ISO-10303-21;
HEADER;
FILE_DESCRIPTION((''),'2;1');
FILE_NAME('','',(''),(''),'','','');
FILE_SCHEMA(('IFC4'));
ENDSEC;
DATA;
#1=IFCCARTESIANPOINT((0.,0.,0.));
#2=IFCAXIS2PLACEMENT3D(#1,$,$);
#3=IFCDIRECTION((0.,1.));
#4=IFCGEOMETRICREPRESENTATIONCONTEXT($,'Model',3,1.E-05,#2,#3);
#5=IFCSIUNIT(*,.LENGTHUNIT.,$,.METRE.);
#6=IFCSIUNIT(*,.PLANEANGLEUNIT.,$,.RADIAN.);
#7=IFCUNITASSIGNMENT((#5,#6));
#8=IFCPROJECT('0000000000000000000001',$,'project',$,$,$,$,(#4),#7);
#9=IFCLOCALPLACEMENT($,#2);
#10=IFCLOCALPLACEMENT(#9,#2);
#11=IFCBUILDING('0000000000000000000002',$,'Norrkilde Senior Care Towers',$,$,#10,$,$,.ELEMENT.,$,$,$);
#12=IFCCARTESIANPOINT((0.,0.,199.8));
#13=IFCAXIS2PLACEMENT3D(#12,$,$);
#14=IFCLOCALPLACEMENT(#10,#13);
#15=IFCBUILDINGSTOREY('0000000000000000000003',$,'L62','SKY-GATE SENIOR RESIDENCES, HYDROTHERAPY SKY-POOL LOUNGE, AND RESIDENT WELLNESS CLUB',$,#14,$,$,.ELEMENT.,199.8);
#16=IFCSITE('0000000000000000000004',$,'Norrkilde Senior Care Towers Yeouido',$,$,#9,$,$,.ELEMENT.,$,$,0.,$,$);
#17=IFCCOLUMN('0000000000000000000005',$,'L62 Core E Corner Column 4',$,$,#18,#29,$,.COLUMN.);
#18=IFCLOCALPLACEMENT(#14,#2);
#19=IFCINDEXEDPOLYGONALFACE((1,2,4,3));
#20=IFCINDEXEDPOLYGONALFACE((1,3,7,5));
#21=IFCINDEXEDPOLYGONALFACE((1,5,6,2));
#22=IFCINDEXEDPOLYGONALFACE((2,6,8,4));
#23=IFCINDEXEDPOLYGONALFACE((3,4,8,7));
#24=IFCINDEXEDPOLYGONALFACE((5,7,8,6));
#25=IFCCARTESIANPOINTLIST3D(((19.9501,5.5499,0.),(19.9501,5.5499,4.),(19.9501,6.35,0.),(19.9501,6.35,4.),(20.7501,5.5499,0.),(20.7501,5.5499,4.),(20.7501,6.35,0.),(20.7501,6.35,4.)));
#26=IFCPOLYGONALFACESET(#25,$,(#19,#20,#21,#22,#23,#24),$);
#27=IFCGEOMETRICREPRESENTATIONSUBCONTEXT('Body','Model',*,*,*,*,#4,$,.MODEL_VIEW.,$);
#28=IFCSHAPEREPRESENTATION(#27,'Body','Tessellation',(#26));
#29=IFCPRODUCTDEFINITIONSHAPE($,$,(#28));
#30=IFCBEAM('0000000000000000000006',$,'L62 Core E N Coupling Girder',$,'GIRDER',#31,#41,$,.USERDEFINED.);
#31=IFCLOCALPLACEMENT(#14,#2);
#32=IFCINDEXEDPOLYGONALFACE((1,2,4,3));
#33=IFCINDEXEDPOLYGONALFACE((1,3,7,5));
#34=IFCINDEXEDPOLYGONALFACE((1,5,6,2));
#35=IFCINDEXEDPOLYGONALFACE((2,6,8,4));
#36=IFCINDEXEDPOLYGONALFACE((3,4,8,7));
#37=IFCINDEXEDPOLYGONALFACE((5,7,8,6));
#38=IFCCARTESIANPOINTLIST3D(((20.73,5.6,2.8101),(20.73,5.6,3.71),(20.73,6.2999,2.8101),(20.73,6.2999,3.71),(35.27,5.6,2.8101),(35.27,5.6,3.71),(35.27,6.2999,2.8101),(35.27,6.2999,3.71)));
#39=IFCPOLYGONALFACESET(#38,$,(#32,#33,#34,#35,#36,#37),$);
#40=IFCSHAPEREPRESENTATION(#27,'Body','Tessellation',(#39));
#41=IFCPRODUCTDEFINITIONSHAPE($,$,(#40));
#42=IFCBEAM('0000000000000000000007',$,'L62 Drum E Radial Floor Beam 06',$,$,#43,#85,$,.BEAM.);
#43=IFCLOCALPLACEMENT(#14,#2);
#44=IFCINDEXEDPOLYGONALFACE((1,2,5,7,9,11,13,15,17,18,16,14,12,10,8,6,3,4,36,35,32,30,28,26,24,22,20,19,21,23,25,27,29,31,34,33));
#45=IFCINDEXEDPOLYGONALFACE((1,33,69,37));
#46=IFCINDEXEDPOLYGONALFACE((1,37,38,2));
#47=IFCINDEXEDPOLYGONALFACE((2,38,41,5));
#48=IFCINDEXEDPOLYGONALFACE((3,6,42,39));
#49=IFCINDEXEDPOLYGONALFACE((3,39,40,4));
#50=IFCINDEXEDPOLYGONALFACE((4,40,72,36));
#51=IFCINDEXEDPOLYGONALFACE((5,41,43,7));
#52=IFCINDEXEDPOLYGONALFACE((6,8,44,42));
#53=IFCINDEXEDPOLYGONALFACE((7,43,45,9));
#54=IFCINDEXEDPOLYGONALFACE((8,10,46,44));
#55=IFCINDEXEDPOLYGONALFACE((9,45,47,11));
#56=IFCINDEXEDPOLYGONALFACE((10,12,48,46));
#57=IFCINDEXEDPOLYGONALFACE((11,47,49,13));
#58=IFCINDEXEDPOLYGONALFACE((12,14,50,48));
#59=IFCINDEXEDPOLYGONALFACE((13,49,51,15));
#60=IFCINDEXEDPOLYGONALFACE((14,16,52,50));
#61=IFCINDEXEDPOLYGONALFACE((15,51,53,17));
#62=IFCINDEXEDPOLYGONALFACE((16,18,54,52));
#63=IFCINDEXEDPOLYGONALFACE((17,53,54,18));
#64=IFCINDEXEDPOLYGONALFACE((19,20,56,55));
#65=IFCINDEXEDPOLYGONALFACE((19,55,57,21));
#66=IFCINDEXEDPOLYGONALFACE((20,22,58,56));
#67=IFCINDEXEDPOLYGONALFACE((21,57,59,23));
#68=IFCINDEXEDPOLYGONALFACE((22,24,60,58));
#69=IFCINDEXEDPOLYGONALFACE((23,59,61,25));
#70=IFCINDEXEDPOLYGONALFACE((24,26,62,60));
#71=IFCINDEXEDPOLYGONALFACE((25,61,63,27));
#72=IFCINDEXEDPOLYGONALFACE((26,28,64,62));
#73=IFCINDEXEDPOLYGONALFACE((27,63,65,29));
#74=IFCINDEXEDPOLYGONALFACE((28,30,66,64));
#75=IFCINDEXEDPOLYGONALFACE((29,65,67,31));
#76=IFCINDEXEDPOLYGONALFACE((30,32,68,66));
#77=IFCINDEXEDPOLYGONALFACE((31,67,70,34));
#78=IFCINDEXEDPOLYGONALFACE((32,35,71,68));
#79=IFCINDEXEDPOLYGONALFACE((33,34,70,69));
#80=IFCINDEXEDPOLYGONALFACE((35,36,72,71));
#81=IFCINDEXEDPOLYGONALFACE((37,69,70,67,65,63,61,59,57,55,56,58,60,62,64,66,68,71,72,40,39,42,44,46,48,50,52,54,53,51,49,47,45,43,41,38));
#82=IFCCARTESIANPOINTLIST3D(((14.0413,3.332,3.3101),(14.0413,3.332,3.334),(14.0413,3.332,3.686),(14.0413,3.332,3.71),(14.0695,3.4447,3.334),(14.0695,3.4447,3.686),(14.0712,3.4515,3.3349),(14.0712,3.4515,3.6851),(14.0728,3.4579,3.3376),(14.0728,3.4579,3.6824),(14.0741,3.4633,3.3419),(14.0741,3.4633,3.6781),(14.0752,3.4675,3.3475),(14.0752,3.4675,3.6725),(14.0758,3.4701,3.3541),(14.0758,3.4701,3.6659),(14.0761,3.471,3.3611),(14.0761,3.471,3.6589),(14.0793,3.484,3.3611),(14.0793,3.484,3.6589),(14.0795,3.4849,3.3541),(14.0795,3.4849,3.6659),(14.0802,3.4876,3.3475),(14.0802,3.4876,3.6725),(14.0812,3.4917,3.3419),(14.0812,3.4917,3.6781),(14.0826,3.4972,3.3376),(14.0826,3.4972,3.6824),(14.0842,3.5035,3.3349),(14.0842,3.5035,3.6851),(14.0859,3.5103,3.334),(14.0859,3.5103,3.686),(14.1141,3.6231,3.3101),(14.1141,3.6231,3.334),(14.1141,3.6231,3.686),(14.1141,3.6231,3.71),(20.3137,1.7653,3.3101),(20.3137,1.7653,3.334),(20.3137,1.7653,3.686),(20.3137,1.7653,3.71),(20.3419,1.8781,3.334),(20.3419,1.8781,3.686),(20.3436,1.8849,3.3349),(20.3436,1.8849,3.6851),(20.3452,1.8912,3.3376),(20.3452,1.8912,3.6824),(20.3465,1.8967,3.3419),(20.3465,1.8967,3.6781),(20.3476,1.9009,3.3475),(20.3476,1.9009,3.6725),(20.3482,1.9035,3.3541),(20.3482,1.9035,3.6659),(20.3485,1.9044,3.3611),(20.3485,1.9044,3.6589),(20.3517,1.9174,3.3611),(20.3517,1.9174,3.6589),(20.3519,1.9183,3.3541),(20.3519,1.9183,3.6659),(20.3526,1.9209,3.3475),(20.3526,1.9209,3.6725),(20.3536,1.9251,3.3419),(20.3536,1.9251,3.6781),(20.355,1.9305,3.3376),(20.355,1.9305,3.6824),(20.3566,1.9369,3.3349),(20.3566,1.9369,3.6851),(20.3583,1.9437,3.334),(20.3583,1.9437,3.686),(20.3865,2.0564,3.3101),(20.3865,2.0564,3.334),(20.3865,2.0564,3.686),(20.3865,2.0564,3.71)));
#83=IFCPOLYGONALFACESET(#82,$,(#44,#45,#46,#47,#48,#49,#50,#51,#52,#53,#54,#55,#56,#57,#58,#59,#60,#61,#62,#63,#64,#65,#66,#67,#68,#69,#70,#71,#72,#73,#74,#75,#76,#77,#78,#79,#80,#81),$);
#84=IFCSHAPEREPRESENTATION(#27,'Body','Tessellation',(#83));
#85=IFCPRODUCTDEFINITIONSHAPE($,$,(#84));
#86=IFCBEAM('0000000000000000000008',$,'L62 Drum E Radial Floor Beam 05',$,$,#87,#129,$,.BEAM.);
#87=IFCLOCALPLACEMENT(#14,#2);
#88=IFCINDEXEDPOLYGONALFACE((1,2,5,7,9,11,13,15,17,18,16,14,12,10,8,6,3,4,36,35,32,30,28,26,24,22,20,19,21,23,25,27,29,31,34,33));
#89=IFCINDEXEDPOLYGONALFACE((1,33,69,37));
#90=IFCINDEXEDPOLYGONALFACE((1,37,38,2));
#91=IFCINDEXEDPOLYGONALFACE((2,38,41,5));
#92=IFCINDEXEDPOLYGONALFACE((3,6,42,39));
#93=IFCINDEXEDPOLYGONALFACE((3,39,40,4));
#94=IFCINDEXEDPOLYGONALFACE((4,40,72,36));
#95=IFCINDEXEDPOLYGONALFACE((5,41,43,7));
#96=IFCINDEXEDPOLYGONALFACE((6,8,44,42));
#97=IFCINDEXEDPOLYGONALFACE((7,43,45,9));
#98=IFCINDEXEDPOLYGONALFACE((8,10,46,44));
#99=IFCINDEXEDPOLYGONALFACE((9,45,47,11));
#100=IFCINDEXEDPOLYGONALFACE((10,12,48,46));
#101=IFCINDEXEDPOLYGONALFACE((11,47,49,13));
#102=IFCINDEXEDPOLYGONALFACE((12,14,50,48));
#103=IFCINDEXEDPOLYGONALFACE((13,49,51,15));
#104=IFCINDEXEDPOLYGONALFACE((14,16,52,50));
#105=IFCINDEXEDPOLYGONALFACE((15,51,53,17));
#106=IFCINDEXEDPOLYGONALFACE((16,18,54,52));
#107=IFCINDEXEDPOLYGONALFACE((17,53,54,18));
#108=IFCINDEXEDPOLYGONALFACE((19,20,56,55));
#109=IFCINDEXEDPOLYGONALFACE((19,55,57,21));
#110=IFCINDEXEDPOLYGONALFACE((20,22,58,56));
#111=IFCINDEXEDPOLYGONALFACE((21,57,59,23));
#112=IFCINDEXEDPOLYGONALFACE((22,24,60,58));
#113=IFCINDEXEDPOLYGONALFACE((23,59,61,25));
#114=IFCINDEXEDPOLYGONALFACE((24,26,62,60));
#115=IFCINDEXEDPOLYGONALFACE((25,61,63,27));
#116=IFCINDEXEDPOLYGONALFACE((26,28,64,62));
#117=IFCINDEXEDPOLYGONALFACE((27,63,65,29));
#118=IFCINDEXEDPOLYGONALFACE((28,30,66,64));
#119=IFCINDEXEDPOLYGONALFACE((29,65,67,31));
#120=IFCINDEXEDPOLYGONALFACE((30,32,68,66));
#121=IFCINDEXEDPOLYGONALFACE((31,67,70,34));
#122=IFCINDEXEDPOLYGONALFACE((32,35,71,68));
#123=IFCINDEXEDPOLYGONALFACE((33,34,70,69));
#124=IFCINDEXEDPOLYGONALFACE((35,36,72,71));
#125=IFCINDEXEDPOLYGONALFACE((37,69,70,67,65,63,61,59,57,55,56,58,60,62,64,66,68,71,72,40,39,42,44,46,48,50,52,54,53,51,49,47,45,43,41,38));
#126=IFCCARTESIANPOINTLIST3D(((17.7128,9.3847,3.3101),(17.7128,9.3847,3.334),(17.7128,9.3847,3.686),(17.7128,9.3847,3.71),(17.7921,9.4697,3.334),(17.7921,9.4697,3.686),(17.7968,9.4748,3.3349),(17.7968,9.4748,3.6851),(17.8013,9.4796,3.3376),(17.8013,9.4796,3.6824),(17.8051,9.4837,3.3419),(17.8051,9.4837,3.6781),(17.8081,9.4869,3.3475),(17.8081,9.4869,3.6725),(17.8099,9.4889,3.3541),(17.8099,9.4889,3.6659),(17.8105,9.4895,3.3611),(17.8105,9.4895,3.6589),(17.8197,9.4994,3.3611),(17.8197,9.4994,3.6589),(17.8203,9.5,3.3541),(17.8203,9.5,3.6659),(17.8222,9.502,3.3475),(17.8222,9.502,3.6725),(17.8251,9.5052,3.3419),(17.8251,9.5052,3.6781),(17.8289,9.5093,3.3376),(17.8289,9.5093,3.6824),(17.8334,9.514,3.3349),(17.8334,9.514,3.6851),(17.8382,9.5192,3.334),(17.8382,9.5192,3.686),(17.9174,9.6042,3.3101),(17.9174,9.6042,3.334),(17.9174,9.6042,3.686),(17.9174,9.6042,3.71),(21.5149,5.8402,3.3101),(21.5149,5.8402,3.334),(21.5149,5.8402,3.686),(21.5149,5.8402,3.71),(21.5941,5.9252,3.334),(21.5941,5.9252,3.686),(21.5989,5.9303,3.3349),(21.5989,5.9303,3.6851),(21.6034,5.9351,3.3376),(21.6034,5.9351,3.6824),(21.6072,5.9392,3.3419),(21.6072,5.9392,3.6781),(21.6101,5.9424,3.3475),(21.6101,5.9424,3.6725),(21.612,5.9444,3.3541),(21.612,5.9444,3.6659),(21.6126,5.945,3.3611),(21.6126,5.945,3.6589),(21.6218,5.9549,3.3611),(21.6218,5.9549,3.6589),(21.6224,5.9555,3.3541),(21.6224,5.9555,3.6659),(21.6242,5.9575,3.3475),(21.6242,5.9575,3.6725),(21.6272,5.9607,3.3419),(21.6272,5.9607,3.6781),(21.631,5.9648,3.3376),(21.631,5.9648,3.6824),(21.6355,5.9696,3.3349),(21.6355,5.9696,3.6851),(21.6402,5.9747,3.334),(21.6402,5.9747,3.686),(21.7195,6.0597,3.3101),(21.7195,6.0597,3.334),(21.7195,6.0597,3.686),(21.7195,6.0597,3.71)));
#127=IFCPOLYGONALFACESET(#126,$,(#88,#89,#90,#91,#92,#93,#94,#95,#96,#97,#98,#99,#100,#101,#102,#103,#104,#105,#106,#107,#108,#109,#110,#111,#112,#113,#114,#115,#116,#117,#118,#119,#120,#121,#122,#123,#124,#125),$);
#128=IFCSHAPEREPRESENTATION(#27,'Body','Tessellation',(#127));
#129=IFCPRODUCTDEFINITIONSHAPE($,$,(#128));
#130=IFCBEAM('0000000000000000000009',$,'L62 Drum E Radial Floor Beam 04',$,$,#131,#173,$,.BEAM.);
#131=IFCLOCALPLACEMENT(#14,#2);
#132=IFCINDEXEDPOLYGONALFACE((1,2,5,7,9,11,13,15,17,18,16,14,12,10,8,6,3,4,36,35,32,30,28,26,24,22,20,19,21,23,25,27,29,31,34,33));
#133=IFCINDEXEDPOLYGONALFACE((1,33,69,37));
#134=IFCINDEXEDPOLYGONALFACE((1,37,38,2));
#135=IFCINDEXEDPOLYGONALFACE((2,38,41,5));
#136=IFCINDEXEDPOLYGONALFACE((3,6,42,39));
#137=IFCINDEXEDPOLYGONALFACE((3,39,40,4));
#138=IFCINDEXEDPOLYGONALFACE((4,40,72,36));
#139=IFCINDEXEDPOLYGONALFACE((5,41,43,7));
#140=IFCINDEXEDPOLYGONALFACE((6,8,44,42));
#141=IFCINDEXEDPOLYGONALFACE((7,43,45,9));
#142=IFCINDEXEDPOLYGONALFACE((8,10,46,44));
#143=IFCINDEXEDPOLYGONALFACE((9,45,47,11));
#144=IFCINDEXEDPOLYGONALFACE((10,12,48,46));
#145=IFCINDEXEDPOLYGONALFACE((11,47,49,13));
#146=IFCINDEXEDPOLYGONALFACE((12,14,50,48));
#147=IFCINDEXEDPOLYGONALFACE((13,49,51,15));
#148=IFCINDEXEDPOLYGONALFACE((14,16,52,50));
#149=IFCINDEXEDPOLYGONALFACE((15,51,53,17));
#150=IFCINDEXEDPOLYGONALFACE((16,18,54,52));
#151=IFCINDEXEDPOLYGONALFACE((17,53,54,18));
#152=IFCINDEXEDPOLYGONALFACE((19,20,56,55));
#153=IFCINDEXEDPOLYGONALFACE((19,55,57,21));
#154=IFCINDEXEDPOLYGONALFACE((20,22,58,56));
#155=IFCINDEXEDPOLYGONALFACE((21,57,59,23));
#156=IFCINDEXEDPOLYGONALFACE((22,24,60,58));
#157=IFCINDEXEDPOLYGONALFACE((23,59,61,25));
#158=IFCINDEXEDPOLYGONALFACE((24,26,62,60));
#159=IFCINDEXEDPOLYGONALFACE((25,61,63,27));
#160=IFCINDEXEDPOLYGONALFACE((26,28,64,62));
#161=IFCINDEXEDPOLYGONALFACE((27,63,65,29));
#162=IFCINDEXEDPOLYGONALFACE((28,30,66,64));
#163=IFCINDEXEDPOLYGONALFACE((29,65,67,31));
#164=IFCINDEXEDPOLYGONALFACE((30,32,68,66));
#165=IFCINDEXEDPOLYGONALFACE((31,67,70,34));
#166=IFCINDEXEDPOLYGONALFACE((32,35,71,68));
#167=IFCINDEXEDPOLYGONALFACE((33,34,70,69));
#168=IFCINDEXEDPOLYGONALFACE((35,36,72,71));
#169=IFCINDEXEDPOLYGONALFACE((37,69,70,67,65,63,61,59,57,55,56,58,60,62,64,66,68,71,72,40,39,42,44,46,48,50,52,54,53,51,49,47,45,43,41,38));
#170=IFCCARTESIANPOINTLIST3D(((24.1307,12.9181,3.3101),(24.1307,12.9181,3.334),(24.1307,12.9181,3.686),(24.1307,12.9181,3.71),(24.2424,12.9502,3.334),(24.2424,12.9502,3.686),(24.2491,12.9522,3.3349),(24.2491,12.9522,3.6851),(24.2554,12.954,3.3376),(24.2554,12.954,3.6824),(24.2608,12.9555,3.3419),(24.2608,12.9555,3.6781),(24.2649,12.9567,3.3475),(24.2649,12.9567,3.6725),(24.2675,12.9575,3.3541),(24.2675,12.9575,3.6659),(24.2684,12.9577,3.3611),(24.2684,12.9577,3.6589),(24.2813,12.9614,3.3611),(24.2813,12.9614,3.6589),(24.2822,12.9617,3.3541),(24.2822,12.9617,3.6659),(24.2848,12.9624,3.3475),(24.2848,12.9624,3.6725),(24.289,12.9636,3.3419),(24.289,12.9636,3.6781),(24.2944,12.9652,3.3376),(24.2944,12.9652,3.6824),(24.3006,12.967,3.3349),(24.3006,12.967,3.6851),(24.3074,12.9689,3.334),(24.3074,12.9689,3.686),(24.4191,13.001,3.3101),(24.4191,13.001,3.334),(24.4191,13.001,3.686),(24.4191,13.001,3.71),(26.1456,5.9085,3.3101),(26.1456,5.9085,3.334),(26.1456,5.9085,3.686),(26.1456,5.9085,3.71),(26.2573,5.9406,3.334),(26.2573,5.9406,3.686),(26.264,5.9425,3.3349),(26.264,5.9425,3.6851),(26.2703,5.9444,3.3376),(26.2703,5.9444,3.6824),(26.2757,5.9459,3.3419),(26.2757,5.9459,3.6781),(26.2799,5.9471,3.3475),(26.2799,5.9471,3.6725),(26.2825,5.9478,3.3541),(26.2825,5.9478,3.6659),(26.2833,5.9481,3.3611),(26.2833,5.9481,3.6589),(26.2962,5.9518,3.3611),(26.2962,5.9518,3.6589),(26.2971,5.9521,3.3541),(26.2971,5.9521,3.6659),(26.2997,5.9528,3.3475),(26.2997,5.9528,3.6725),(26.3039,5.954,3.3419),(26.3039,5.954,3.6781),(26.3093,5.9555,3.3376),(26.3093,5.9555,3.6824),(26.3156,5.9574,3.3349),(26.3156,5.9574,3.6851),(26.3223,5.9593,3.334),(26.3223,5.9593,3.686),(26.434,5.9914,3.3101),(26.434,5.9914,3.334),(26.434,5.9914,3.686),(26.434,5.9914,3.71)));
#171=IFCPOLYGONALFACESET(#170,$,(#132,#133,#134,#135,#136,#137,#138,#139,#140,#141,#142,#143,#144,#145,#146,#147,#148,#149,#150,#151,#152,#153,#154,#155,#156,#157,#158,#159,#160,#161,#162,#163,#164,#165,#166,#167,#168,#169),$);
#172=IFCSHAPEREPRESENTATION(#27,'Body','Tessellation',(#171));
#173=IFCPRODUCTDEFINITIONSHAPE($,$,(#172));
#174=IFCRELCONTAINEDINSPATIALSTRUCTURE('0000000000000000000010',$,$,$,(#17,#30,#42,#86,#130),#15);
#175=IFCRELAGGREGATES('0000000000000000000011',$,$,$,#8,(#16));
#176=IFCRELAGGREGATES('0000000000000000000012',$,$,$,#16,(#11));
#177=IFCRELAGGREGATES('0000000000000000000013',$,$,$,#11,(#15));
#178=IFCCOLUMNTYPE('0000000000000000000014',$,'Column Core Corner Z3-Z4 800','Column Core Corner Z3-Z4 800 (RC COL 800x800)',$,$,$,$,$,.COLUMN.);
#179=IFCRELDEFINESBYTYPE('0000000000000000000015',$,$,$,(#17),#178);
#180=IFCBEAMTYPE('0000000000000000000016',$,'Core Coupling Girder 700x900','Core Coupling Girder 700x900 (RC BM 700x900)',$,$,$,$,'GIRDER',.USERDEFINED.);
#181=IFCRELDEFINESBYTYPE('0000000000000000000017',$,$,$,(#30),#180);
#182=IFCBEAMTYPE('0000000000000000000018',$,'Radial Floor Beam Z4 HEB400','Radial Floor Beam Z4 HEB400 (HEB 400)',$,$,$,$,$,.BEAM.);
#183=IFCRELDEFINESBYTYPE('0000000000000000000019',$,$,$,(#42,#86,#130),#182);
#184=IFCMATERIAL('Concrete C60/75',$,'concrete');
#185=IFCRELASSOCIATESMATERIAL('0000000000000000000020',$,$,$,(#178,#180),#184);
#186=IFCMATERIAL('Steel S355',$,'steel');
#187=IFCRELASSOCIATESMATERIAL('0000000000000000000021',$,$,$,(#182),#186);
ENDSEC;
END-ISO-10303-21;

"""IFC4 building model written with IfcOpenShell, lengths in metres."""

from ifc_helpers import new_model, si_unit, direction, frame, origin, origin_2d, place, context, subcontext, project, spatial, rectangle, i_section, extrude, source, transform, mapped, material, material_profile, profile_set, type_object, type_shapes, element, save


model = new_model("IFC4")

# Units and contexts
model_context = context("Model", 3, precision=1e-05, world=origin(), true_north=direction((0.0, 1.0)))
body_context = subcontext(model_context, "Body", "Model", "MODEL_VIEW")
ifc_project = project(units=[si_unit("LENGTHUNIT", "METRE"), si_unit("PLANEANGLEUNIT", "RADIAN")], contexts=[model_context])

# Site, building, storey
site_placement = place(None, origin())
site = spatial("IfcSite", under=ifc_project, at=site_placement, Name="Norrkilde Senior Care Towers Yeouido", CompositionType="ELEMENT", RefElevation=0.0)
building_placement = place(site_placement, origin())
building = spatial("IfcBuilding", under=site, at=building_placement, Name="Norrkilde Senior Care Towers", CompositionType="ELEMENT")
storey_placement = place(building_placement, frame((0.0, 0.0, 199.8)))
storey = spatial("IfcBuildingStorey", under=building, at=storey_placement, Name="L62", Description="SKY-GATE SENIOR RESIDENCES, HYDROTHERAPY SKY-POOL LOUNGE, AND RESIDENT WELLNESS CLUB", CompositionType="ELEMENT", Elevation=199.8)

# Column
ifc_material_1 = material(Name="Concrete C60/75", Category="concrete")
ifc_material_profile_1 = material_profile(ifc_material_1, rectangle(XDim=0.8, YDim=0.8, at=origin_2d()), Name="RC COL 800x800")
ifc_profile_set_1 = profile_set([ifc_material_profile_1], Name="Concrete C60/75")
column_type = type_object("IfcColumnType", Name="Column Core Corner Z3-Z4 800", Description="Column Core Corner Z3-Z4 800 (RC COL 800x800)", PredefinedType="COLUMN", material=ifc_profile_set_1)
shared_shape_1 = source(origin(), body_context, "Body", "SweptSolid", [
    extrude(rectangle(XDim=0.8, YDim=0.8, at=origin_2d()), origin(), (0.0, 0.0, 1.0), 4.0),
])
type_shapes(column_type, [shared_shape_1])
column_placement = place(storey_placement, frame((20.3501, 5.95, 0.0), z_axis=(0.0, 0.0, 1.0), x_axis=(1.0, 0.0, 0.0)))
element("IfcColumn", 1, at=column_placement, inside=storey, type_object=column_type, Name="L62 Core E Corner Column 4", PredefinedType="COLUMN", context=body_context, shape_type="MappedRepresentation", body=[
    mapped(shared_shape_1, transform((0.0, 0.0, 0.0), x_axis=(1.0, 0.0, 0.0), y_axis=(0.0, 1.0, 0.0), z_axis=(0.0, 0.0, 1.0), scale=1.0)),
])

# Beams
ifc_material_profile_2 = material_profile(ifc_material_1, rectangle(XDim=0.7, YDim=0.8999, at=origin_2d()), Name="RC BM 700x900")
ifc_profile_set_2 = profile_set([ifc_material_profile_2], Name="Concrete C60/75")
beam_type_1 = type_object("IfcBeamType", Name="Core Coupling Girder 700x900", Description="Core Coupling Girder 700x900 (RC BM 700x900)", ElementType="GIRDER", PredefinedType="USERDEFINED", material=ifc_profile_set_2)
shared_shape_2 = source(origin(), body_context, "Body", "SweptSolid", [
    extrude(rectangle(XDim=0.7, YDim=0.8999, at=origin_2d()), origin(), (0.0, 0.0, 1.0), 14.54),
])
type_shapes(beam_type_1, [shared_shape_2])
beam_1_placement = place(storey_placement, frame((20.73, 5.95, 3.26), z_axis=(1.0, 0.0, 0.0), x_axis=(0.0, 1.0, 0.0)))
element("IfcBeam", 2, at=beam_1_placement, inside=storey, type_object=beam_type_1, Name="L62 Core E N Coupling Girder", ObjectType="GIRDER", PredefinedType="USERDEFINED", context=body_context, shape_type="MappedRepresentation", body=[
    mapped(shared_shape_2, transform((0.0, 0.0, 0.0), x_axis=(1.0, 0.0, 0.0), y_axis=(0.0, 1.0, 0.0), z_axis=(0.0, 0.0, 1.0), scale=1.0)),
])
ifc_material_2 = material(Name="Steel S355", Category="steel")
ifc_material_profile_3 = material_profile(ifc_material_2, i_section(OverallWidth=0.3, OverallDepth=0.3999, WebThickness=0.0134, FlangeThickness=0.0239, FilletRadius=0.0271, at=origin_2d()), Name="HEB 400")
ifc_profile_set_3 = profile_set([ifc_material_profile_3], Name="Steel S355")
beam_type_2 = type_object("IfcBeamType", Name="Radial Floor Beam Z4 HEB400", Description="Radial Floor Beam Z4 HEB400 (HEB 400)", PredefinedType="BEAM", material=ifc_profile_set_3)
shared_shape_3 = source(origin(), body_context, "Body", "SweptSolid", [
    extrude(i_section(OverallWidth=0.3, OverallDepth=0.3999, WebThickness=0.0134, FlangeThickness=0.0239, FilletRadius=0.0271, at=origin_2d()), origin(), (0.0, 0.0, 1.0), 6.4651),
])
beam_2_placement = place(storey_placement, frame((20.3501, 1.9109, 3.51), z_axis=(-0.970196, 0.242322, 0.0), x_axis=(-0.242322, -0.970196, 0.0)))
element("IfcBeam", 3, at=beam_2_placement, inside=storey, type_object=beam_type_2, Name="L62 Drum E Radial Floor Beam 06", PredefinedType="BEAM", context=body_context, shape_type="MappedRepresentation", body=[
    mapped(shared_shape_3, transform((0.0, 0.0, 0.0), x_axis=(1.0, 0.0, 0.0), y_axis=(0.0, 1.0, 0.0), z_axis=(0.0, 0.0, 1.0), scale=1.0)),
])
shared_shape_4 = source(origin(), body_context, "Body", "SweptSolid", [
    extrude(i_section(OverallWidth=0.3, OverallDepth=0.3999, WebThickness=0.0134, FlangeThickness=0.0239, FilletRadius=0.0271, at=origin_2d()), origin(), (0.0, 0.0, 1.0), 5.198),
])
beam_3_placement = place(storey_placement, frame((21.6172, 5.95, 3.51), z_axis=(-0.731449, 0.681896, 0.0), x_axis=(-0.681896, -0.731449, 0.0)))
element("IfcBeam", 4, at=beam_3_placement, inside=storey, type_object=beam_type_2, Name="L62 Drum E Radial Floor Beam 05", PredefinedType="BEAM", context=body_context, shape_type="MappedRepresentation", body=[
    mapped(shared_shape_4, transform((0.0, 0.0, 0.0), x_axis=(1.0, 0.0, 0.0), y_axis=(0.0, 1.0, 0.0), z_axis=(0.0, 0.0, 1.0), scale=1.0)),
])
shared_shape_5 = source(origin(), body_context, "Body", "SweptSolid", [
    extrude(i_section(OverallWidth=0.3, OverallDepth=0.3999, WebThickness=0.0134, FlangeThickness=0.0239, FilletRadius=0.0271, at=origin_2d()), origin(), (0.0, 0.0, 1.0), 7.2935),
])
type_shapes(beam_type_2, [shared_shape_3, shared_shape_4, shared_shape_5])
beam_4_placement = place(storey_placement, frame((26.2898, 5.95, 3.51), z_axis=(-0.276264, 0.961082, 0.0), x_axis=(-0.961082, -0.276264, 0.0)))
element("IfcBeam", 5, at=beam_4_placement, inside=storey, type_object=beam_type_2, Name="L62 Drum E Radial Floor Beam 04", PredefinedType="BEAM", context=body_context, shape_type="MappedRepresentation", body=[
    mapped(shared_shape_5, transform((0.0, 0.0, 0.0), x_axis=(1.0, 0.0, 0.0), y_axis=(0.0, 1.0, 0.0), z_axis=(0.0, 0.0, 1.0), scale=1.0)),
])

save(model, "model.ifc")
